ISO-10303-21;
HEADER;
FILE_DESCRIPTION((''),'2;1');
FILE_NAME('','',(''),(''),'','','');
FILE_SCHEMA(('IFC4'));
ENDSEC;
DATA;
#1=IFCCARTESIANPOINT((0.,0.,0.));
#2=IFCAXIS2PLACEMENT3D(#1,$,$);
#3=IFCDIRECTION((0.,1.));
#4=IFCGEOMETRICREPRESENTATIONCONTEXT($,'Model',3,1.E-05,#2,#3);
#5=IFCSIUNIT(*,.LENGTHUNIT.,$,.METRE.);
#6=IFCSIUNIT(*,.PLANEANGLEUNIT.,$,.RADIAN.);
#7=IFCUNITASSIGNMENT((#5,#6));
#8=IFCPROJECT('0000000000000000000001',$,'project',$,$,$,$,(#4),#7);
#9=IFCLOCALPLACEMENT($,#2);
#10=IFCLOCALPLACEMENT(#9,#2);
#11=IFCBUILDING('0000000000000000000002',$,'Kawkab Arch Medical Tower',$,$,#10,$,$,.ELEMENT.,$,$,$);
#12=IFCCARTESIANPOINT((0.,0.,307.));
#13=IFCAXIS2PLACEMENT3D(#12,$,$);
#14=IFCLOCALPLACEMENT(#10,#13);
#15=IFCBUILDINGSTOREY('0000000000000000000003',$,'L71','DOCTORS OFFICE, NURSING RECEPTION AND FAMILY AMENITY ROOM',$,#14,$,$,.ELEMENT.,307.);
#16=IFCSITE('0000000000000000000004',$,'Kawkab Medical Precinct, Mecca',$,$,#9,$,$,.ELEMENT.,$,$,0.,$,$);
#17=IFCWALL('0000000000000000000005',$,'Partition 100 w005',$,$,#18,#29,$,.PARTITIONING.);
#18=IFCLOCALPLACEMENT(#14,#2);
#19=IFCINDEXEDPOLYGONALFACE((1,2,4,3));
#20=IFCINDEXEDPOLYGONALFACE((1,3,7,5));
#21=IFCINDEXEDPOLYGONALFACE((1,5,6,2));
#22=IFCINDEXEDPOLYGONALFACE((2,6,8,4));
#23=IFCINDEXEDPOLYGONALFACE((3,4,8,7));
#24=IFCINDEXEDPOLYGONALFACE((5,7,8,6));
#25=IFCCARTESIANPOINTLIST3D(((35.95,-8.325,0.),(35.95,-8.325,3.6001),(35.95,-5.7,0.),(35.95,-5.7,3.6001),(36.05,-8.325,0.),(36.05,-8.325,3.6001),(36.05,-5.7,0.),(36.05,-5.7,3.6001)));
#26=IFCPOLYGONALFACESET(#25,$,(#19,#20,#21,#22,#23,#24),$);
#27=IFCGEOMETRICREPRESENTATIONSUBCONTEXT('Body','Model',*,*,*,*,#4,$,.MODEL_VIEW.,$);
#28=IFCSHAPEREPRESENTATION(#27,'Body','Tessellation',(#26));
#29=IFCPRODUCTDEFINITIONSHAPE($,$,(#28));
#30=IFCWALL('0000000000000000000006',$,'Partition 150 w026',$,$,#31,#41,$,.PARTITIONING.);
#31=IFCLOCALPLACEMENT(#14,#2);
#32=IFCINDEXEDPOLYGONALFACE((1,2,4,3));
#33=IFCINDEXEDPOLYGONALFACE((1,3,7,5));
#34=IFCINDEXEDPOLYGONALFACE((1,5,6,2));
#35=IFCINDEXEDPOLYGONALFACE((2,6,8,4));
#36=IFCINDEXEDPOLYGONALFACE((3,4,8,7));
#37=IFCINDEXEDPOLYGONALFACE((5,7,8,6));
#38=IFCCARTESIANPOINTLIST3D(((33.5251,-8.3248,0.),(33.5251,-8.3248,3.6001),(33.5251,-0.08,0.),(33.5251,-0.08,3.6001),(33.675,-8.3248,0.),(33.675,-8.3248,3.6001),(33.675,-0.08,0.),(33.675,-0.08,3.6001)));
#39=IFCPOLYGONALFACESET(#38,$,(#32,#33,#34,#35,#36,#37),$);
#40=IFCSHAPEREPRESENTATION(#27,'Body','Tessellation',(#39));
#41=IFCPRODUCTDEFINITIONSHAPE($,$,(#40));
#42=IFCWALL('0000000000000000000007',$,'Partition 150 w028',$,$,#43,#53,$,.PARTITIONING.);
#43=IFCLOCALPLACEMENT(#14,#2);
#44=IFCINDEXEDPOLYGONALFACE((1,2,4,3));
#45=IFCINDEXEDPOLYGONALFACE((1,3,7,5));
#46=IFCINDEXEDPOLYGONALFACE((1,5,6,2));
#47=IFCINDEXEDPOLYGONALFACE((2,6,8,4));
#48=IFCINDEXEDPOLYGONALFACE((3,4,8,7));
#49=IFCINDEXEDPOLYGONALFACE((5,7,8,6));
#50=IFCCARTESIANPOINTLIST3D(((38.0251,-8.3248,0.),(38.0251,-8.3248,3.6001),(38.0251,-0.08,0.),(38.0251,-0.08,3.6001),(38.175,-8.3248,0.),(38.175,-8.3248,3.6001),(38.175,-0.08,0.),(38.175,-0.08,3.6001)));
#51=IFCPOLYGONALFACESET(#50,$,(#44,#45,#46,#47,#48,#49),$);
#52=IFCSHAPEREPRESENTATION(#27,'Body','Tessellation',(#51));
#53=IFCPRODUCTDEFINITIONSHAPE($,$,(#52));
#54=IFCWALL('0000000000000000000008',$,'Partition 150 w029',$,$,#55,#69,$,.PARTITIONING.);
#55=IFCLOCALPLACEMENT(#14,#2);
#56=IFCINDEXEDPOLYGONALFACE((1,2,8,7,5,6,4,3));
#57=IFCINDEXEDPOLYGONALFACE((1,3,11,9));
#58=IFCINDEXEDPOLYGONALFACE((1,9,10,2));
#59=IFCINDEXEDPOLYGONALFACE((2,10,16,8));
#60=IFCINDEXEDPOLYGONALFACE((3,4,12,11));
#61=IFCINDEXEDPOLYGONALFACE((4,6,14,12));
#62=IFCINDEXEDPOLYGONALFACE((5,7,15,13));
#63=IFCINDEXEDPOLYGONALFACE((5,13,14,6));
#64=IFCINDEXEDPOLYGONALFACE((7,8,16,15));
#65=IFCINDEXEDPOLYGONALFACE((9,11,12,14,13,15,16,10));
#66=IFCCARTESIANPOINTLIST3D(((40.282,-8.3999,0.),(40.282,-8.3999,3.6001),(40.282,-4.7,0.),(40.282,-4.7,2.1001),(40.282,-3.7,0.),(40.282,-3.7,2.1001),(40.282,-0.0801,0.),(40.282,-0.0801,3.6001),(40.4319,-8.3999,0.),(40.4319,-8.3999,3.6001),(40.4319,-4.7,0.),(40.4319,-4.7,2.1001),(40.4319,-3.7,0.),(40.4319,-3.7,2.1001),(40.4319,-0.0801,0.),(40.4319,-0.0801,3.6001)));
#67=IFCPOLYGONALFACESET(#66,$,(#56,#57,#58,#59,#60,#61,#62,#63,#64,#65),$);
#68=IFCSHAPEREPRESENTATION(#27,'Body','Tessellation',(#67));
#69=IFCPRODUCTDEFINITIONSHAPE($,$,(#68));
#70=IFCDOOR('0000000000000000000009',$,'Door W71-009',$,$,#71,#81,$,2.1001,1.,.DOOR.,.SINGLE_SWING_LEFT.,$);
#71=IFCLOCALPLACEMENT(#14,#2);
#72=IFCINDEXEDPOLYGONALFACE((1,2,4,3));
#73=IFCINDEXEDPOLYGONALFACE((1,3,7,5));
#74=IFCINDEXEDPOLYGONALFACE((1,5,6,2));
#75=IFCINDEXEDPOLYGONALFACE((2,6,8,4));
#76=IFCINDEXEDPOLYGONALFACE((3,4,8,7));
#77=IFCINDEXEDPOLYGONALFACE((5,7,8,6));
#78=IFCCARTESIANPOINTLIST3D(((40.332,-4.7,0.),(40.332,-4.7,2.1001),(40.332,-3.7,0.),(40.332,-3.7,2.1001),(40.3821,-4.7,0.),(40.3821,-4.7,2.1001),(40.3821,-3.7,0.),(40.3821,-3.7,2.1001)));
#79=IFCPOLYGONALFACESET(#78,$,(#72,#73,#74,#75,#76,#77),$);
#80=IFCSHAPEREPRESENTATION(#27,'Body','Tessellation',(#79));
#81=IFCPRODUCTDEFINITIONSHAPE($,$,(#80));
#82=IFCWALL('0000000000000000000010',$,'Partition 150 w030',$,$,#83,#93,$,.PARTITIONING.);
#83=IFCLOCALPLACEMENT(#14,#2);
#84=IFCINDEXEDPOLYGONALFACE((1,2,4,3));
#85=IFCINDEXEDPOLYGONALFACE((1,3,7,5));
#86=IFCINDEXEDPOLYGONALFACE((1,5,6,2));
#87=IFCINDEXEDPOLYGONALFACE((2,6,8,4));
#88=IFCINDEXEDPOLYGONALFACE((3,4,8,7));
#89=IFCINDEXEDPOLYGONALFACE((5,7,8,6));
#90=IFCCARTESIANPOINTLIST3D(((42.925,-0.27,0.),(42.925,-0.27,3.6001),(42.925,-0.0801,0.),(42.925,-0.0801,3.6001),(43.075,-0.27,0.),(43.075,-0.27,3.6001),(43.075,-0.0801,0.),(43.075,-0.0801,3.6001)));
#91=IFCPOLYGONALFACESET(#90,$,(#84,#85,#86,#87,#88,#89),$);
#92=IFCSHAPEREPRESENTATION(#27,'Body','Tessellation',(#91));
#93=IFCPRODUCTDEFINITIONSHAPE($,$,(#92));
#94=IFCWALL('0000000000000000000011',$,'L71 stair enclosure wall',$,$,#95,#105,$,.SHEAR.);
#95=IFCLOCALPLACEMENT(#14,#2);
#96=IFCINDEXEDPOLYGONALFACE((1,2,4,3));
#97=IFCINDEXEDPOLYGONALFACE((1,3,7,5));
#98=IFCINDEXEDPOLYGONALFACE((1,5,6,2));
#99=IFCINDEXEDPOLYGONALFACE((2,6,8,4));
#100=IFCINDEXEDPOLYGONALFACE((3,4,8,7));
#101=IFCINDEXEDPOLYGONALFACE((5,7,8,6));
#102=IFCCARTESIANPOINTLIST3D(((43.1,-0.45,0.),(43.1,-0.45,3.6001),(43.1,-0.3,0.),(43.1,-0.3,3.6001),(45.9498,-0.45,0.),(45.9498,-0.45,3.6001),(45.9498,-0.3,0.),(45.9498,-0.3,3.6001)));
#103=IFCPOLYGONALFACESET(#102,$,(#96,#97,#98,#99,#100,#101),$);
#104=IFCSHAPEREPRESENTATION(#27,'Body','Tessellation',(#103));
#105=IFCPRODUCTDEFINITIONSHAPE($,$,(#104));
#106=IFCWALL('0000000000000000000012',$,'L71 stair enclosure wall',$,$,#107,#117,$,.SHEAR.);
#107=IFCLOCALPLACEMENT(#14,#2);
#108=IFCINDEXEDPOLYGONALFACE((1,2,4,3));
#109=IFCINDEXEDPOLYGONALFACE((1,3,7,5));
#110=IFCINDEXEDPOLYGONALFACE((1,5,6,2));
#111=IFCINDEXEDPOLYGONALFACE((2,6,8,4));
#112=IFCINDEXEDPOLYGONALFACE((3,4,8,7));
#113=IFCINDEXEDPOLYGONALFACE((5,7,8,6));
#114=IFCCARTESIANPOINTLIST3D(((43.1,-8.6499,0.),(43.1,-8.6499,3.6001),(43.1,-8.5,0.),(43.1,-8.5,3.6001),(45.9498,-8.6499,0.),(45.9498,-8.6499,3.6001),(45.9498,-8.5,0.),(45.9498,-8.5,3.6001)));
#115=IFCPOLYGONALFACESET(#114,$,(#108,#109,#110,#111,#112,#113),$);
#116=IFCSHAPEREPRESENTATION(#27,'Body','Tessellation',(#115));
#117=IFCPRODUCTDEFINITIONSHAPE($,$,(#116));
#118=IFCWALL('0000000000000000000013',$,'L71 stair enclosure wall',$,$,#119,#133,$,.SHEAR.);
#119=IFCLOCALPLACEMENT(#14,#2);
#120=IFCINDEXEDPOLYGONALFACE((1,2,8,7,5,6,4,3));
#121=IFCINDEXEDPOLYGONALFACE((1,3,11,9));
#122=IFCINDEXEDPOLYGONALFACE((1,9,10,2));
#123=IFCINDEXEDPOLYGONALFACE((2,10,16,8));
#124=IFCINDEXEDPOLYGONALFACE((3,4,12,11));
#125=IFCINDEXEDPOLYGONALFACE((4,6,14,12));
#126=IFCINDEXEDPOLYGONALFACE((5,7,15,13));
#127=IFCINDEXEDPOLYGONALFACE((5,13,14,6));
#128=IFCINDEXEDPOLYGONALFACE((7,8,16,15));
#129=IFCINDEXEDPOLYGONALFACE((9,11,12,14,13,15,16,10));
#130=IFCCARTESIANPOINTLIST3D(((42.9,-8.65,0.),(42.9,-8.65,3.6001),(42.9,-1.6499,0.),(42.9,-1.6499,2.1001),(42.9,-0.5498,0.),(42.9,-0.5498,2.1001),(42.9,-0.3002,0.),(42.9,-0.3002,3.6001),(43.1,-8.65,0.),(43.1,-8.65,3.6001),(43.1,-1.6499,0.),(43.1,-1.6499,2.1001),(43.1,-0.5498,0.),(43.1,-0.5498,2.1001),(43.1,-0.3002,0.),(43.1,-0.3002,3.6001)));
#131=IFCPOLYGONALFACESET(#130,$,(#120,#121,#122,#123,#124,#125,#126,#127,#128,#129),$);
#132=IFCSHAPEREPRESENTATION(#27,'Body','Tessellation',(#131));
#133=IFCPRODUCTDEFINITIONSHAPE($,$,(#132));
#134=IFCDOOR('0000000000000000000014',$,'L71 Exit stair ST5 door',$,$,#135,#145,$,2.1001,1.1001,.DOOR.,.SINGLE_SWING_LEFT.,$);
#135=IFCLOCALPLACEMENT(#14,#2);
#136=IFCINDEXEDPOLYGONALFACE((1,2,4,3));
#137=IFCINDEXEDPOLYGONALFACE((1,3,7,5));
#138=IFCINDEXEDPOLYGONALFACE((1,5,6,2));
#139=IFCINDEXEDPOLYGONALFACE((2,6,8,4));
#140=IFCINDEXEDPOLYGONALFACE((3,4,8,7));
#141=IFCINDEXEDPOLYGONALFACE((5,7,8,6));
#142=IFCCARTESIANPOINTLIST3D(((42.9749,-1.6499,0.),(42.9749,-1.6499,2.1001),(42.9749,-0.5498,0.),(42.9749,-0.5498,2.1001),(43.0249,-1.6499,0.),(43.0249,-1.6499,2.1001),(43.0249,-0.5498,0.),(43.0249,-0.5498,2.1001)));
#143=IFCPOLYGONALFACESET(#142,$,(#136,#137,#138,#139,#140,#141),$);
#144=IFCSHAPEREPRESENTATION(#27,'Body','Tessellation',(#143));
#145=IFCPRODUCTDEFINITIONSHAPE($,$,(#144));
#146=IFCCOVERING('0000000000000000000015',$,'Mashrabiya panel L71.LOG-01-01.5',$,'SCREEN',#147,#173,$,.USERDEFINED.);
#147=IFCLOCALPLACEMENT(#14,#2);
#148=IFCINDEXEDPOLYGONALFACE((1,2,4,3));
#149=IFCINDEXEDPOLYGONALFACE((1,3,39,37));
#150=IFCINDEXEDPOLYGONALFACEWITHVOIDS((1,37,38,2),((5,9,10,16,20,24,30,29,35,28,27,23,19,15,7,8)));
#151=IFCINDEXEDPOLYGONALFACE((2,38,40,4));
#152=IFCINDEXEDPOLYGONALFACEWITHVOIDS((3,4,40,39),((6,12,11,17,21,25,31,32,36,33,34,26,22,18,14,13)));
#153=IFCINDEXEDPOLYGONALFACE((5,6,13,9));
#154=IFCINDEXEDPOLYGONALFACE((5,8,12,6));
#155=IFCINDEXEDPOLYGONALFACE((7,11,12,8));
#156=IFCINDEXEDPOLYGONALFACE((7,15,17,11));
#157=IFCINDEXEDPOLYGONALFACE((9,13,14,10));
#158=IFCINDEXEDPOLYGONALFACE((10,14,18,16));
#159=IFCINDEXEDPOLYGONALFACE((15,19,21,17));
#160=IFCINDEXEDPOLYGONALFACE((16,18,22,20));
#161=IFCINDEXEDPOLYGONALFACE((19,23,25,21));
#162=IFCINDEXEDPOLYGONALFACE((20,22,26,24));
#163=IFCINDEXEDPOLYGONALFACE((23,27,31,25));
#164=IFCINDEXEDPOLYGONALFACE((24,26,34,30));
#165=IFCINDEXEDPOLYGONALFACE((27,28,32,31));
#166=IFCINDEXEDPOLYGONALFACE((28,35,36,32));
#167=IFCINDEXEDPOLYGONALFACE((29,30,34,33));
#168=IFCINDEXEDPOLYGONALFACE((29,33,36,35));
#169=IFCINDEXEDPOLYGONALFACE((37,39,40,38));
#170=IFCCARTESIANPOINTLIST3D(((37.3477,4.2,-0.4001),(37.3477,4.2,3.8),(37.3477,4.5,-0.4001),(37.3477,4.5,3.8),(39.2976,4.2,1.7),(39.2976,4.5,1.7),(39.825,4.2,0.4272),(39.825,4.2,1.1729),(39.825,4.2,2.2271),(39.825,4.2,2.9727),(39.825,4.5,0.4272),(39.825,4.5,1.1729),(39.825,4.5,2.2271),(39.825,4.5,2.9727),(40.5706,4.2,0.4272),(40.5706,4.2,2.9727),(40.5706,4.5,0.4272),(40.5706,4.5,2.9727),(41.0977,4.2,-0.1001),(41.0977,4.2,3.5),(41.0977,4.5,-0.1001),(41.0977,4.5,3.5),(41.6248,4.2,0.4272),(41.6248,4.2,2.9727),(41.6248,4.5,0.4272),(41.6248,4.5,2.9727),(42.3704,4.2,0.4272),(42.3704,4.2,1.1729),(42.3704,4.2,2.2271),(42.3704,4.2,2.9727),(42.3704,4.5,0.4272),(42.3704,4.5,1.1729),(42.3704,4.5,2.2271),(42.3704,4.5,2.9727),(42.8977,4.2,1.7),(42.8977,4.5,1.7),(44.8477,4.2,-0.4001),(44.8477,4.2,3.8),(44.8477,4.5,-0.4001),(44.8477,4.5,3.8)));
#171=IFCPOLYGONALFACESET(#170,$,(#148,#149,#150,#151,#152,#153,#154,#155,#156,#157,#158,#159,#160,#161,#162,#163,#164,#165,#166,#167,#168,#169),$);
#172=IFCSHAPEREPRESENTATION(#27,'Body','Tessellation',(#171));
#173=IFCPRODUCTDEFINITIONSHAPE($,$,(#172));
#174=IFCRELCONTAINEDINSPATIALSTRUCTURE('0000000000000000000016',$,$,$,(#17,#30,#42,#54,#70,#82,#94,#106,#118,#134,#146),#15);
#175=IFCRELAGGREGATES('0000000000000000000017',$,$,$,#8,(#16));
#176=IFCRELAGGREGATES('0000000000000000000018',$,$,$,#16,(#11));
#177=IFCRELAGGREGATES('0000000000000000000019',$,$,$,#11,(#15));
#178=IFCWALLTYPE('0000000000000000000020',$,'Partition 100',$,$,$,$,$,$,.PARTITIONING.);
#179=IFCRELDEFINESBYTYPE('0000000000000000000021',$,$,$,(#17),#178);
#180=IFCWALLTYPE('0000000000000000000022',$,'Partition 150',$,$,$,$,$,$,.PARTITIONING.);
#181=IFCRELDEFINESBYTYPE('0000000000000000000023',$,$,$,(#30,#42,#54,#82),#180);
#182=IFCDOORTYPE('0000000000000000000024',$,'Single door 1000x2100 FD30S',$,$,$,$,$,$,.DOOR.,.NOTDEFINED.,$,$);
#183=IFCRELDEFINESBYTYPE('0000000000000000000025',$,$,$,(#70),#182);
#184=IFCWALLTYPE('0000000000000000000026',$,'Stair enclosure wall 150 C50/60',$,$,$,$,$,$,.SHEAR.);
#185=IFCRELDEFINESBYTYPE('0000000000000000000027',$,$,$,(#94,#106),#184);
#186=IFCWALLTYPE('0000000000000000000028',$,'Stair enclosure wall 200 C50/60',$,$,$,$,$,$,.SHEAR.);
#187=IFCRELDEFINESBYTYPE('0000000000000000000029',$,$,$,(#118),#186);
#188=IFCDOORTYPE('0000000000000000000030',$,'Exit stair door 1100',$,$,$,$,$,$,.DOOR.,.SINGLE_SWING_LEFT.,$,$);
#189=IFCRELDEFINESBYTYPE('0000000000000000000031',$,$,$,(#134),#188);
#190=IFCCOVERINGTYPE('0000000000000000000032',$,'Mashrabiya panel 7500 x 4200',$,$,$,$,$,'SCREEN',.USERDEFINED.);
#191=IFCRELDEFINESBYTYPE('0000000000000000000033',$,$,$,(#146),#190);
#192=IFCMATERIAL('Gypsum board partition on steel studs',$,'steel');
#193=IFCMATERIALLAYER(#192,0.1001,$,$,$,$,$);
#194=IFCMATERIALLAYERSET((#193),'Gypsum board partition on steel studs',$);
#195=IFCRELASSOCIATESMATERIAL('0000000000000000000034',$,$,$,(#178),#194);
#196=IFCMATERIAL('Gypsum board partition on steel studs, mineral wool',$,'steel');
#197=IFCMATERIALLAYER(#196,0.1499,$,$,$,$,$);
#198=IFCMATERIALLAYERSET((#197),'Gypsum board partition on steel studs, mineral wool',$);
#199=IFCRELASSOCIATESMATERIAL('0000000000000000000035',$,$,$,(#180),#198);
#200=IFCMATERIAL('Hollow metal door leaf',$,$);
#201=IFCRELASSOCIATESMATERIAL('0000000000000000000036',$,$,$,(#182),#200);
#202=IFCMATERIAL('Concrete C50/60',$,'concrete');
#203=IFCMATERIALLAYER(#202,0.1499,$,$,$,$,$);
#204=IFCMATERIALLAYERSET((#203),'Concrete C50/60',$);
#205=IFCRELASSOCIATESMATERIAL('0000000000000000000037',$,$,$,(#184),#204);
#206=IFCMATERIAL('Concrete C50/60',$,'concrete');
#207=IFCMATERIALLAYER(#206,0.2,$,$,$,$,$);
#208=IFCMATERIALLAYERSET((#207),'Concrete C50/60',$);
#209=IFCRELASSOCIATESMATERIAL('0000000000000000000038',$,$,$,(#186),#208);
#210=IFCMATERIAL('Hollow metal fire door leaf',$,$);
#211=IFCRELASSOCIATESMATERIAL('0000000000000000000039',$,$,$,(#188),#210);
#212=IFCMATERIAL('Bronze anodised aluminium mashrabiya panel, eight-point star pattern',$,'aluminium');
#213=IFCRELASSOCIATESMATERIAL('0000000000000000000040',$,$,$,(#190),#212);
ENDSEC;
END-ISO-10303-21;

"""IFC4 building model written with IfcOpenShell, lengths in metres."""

from ifc_helpers import new_model, si_unit, direction, frame, frame_2d, origin, place, context, subcontext, project, spatial, polyline, rectangle, outline, extrude, material, layer, layer_set, material_profile, profile_set, type_object, element, fill, save


model = new_model("IFC4")

# Units and contexts
model_context = context("Model", 3, precision=1e-05, world=origin(), true_north=direction((0.0, 1.0)))
body_context = subcontext(model_context, "Body", "Model", "MODEL_VIEW")
ifc_project = project(units=[si_unit("LENGTHUNIT", "METRE"), si_unit("PLANEANGLEUNIT", "RADIAN")], contexts=[model_context])

# Site, building, storey
site_placement = place(None, origin())
site = spatial("IfcSite", under=ifc_project, at=site_placement, Name="Kawkab Medical Precinct, Mecca", CompositionType="ELEMENT", RefElevation=0.0)
building_placement = place(site_placement, origin())
building = spatial("IfcBuilding", under=site, at=building_placement, Name="Kawkab Arch Medical Tower", CompositionType="ELEMENT")
storey_placement = place(building_placement, frame((0.0, 0.0, 307.0)))
storey = spatial("IfcBuildingStorey", under=building, at=storey_placement, Name="L71", Description="DOCTORS OFFICE, NURSING RECEPTION AND FAMILY AMENITY ROOM", CompositionType="ELEMENT", Elevation=307.0)

# Shared definitions
ifc_material_1 = material(Name="Gypsum board partition on steel studs", Category="steel")
ifc_layer_1 = layer(ifc_material_1, 0.1001)
ifc_layer_set_1 = layer_set([ifc_layer_1], Name="Gypsum board partition on steel studs")
wall_type_1 = type_object("IfcWallType", Name="Partition 100", PredefinedType="PARTITIONING", material=ifc_layer_set_1)

# Walls
wall_1_placement = place(storey_placement, frame((36.0, -8.325, 0.0), z_axis=(0.0, 0.0, 1.0), x_axis=(0.0, 1.0, 0.0)))
element("IfcWall", 1, at=wall_1_placement, inside=storey, type_object=wall_type_1, Name="Partition 100 w005", PredefinedType="PARTITIONING", context=body_context, shape_type="SweptSolid", body=[
    extrude(rectangle(XDim=2.625, YDim=0.1001, at=frame_2d((1.3125, 0.0))), origin(), (0.0, 0.0, 1.0), 3.6001),
])
ifc_material_2 = material(Name="Gypsum board partition on steel studs, mineral wool", Category="steel")
ifc_layer_2 = layer(ifc_material_2, 0.1499)
ifc_layer_set_2 = layer_set([ifc_layer_2], Name="Gypsum board partition on steel studs, mineral wool")
wall_type_2 = type_object("IfcWallType", Name="Partition 150", PredefinedType="PARTITIONING", material=ifc_layer_set_2)
for number, where, z_axis, x_axis, name in (
    (2, (33.6001, -8.325, 0.0), (0.0, 0.0, 1.0), (0.0, 1.0, 0.0), "Partition 150 w026"),
    (3, (38.1001, -8.325, 0.0), (0.0, 0.0, 1.0), (0.0, 1.0, 0.0), "Partition 150 w028"),
):
    element("IfcWall", number, at=place(storey_placement, frame(where, z_axis=z_axis, x_axis=x_axis)), inside=storey, type_object=wall_type_2, Name=name, PredefinedType="PARTITIONING", context=body_context, shape_type="SweptSolid", body=[
        extrude(rectangle(XDim=8.2449, YDim=0.1499, at=frame_2d((4.1226, 0.0))), origin(), (0.0, 0.0, 1.0), 3.6001),
    ])

# Wall, opening, door
wall_2_placement = place(storey_placement, frame((40.3569, -8.3999, 0.0), z_axis=(0.0, 0.0, 1.0), x_axis=(0.0, 1.0, 0.0)))
wall_2 = element("IfcWall", 4, at=wall_2_placement, inside=storey, type_object=wall_type_2, Name="Partition 150 w029", PredefinedType="PARTITIONING", context=body_context, shape_type="SweptSolid", body=[
    extrude(rectangle(XDim=8.3198, YDim=0.1499, at=frame_2d((4.1599, 0.0))), origin(), (0.0, 0.0, 1.0), 3.6001),
])
opening_1_placement = place(wall_2_placement, frame((3.7, 0.0, 0.0)))
opening_1 = element("IfcOpeningElement", 5, at=opening_1_placement, cuts=wall_2, PredefinedType="OPENING", context=body_context, shape_type="SweptSolid", body=[
    extrude(rectangle(XDim=1.0, YDim=2.1001, at=frame_2d((0.5, 1.05))), frame((0.0, 0.085, 0.0), z_axis=(0.0, -1.0, 0.0), x_axis=(1.0, 0.0, 0.0)), (0.0, 0.0, 1.0), 0.1699),
])
ifc_material_3 = material(Name="Hollow metal door leaf")
door_type_1 = type_object("IfcDoorType", Name="Single door 1000x2100 FD30S", OperationType="NOTDEFINED", PredefinedType="DOOR", material=ifc_material_3)
door_1_placement = place(opening_1_placement, origin())
door_1 = element("IfcDoor", 6, at=door_1_placement, inside=storey, type_object=door_type_1, Name="Door W71-009", OperationType="SINGLE_SWING_LEFT", OverallHeight=2.1001, OverallWidth=1.0, PredefinedType="DOOR", context=body_context, shape_type="SweptSolid", body=[
    extrude(rectangle(XDim=1.0, YDim=2.1001, at=frame_2d((0.5, 1.05))), frame((0.0, 0.0249, 0.0), z_axis=(0.0, -1.0, 0.0), x_axis=(1.0, 0.0, 0.0)), (0.0, 0.0, 1.0), 0.05),
])
fill(opening_1, door_1)

# Walls
wall_3_placement = place(storey_placement, frame((43.0, -0.27, 0.0), z_axis=(0.0, 0.0, 1.0), x_axis=(0.0, 1.0, 0.0)))
element("IfcWall", 7, at=wall_3_placement, inside=storey, type_object=wall_type_2, Name="Partition 150 w030", PredefinedType="PARTITIONING", context=body_context, shape_type="SweptSolid", body=[
    extrude(rectangle(XDim=0.1899, YDim=0.1499, at=frame_2d((0.095, 0.0))), origin(), (0.0, 0.0, 1.0), 3.6001),
])
ifc_material_4 = material(Name="Concrete C50/60", Category="concrete")
ifc_layer_3 = layer(ifc_material_4, 0.1499)
ifc_layer_set_3 = layer_set([ifc_layer_3], Name="Concrete C50/60")
wall_type_3 = type_object("IfcWallType", Name="Stair enclosure wall 150 C50/60", PredefinedType="SHEAR", material=ifc_layer_set_3)
for number, where, z_axis, x_axis, name in (
    (8, (43.1001, -0.375, 0.0), (0.0, 0.0, 1.0), (1.0, 0.0, 0.0), "L71 stair enclosure wall"),
    (9, (43.1001, -8.575, 0.0), (0.0, 0.0, 1.0), (1.0, 0.0, 0.0), "L71 stair enclosure wall"),
):
    element("IfcWall", number, at=place(storey_placement, frame(where, z_axis=z_axis, x_axis=x_axis)), inside=storey, type_object=wall_type_3, Name=name, PredefinedType="SHEAR", context=body_context, shape_type="SweptSolid", body=[
        extrude(rectangle(XDim=2.8499, YDim=0.1499, at=frame_2d((1.4248, 0.0))), origin(), (0.0, 0.0, 1.0), 3.6001),
    ])

# Wall, opening, door
ifc_material_5 = material(Name="Concrete C50/60", Category="concrete")
ifc_layer_4 = layer(ifc_material_5, 0.2)
ifc_layer_set_4 = layer_set([ifc_layer_4], Name="Concrete C50/60")
wall_type_4 = type_object("IfcWallType", Name="Stair enclosure wall 200 C50/60", PredefinedType="SHEAR", material=ifc_layer_set_4)
wall_4_placement = place(storey_placement, frame((43.0, -8.6499, 0.0), z_axis=(0.0, 0.0, 1.0), x_axis=(0.0, 1.0, 0.0)))
wall_4 = element("IfcWall", 10, at=wall_4_placement, inside=storey, type_object=wall_type_4, Name="L71 stair enclosure wall", PredefinedType="SHEAR", context=body_context, shape_type="SweptSolid", body=[
    extrude(rectangle(XDim=8.3499, YDim=0.2, at=frame_2d((4.1748, 0.0))), origin(), (0.0, 0.0, 1.0), 3.6001),
])
opening_2_placement = place(wall_4_placement, frame((7.0, 0.0, 0.0)))
opening_2 = element("IfcOpeningElement", 11, at=opening_2_placement, cuts=wall_4, PredefinedType="OPENING", context=body_context, shape_type="SweptSolid", body=[
    extrude(rectangle(XDim=1.1001, YDim=2.1001, at=frame_2d((0.55, 1.05))), frame((0.0, 0.1099, 0.0), z_axis=(0.0, -1.0, 0.0), x_axis=(1.0, 0.0, 0.0)), (0.0, 0.0, 1.0), 0.22),
])
ifc_material_6 = material(Name="Hollow metal fire door leaf")
door_type_2 = type_object("IfcDoorType", Name="Exit stair door 1100", OperationType="SINGLE_SWING_LEFT", PredefinedType="DOOR", material=ifc_material_6)
door_2_placement = place(opening_2_placement, frame((1.1001, 0.0, 0.0), z_axis=(0.0, 0.0, 1.0), x_axis=(-1.0, 0.0, 0.0)))
door_2 = element("IfcDoor", 12, at=door_2_placement, inside=storey, type_object=door_type_2, Name="L71 Exit stair ST5 door", OperationType="SINGLE_SWING_LEFT", OverallHeight=2.1001, OverallWidth=1.1001, PredefinedType="DOOR", context=body_context, shape_type="SweptSolid", body=[
    extrude(rectangle(XDim=1.1001, YDim=2.1001, at=frame_2d((0.55, 1.05))), frame((0.0, 0.0249, 0.0), z_axis=(0.0, -1.0, 0.0), x_axis=(1.0, 0.0, 0.0)), (0.0, 0.0, 1.0), 0.05),
])
fill(opening_2, door_2)

# Covering
ifc_material_7 = material(Name="Bronze anodised aluminium mashrabiya panel, eight-point star pattern", Category="aluminium")
ifc_material_profile_1 = material_profile(ifc_material_7, outline(polyline([(-3.75, -2.1001), (3.75, -2.1001), (3.75, 2.1001), (-3.75, 2.1001), (-3.75, -2.1001)]), holes=[polyline([(1.8, 0.0), (1.2727, 0.5271), (1.2727, 1.2727), (0.5271, 1.2727), (0.0, 1.8), (-0.5271, 1.2727), (-1.2727, 1.2727), (-1.2727, 0.5271), (-1.8, 0.0), (-1.2727, -0.5271), (-1.2727, -1.2727), (-0.5271, -1.2727), (0.0, -1.8), (0.5271, -1.2727), (1.2727, -1.2727), (1.2727, -0.5271), (1.8, 0.0)])]), Name="Mashrabiya panel 7500x4200")
ifc_profile_set_1 = profile_set([ifc_material_profile_1], Name="Bronze anodised aluminium mashrabiya panel, eight-point star pattern")
covering_type_1 = type_object("IfcCoveringType", Name="Mashrabiya panel 7500 x 4200", ElementType="SCREEN", PredefinedType="USERDEFINED", material=ifc_profile_set_1)
covering_1_placement = place(storey_placement, frame((41.0977, 4.2, 1.7), z_axis=(0.0, 1.0, 0.0), x_axis=(-1.0, 0.0, 0.0)))
element("IfcCovering", 13, at=covering_1_placement, inside=storey, type_object=covering_type_1, Name="Mashrabiya panel L71.LOG-01-01.5", ObjectType="SCREEN", PredefinedType="USERDEFINED", context=body_context, shape_type="SweptSolid", body=[
    extrude(outline(polyline([(-3.75, -2.1001), (3.75, -2.1001), (3.75, 2.1001), (-3.75, 2.1001), (-3.75, -2.1001)]), holes=[polyline([(1.8, 0.0), (1.2727, 0.5271), (1.2727, 1.2727), (0.5271, 1.2727), (0.0, 1.8), (-0.5271, 1.2727), (-1.2727, 1.2727), (-1.2727, 0.5271), (-1.8, 0.0), (-1.2727, -0.5271), (-1.2727, -1.2727), (-0.5271, -1.2727), (0.0, -1.8), (0.5271, -1.2727), (1.2727, -1.2727), (1.2727, -0.5271), (1.8, 0.0)])]), origin(), (0.0, 0.0, 1.0), 0.3),
])

save(model, "model.ifc")
